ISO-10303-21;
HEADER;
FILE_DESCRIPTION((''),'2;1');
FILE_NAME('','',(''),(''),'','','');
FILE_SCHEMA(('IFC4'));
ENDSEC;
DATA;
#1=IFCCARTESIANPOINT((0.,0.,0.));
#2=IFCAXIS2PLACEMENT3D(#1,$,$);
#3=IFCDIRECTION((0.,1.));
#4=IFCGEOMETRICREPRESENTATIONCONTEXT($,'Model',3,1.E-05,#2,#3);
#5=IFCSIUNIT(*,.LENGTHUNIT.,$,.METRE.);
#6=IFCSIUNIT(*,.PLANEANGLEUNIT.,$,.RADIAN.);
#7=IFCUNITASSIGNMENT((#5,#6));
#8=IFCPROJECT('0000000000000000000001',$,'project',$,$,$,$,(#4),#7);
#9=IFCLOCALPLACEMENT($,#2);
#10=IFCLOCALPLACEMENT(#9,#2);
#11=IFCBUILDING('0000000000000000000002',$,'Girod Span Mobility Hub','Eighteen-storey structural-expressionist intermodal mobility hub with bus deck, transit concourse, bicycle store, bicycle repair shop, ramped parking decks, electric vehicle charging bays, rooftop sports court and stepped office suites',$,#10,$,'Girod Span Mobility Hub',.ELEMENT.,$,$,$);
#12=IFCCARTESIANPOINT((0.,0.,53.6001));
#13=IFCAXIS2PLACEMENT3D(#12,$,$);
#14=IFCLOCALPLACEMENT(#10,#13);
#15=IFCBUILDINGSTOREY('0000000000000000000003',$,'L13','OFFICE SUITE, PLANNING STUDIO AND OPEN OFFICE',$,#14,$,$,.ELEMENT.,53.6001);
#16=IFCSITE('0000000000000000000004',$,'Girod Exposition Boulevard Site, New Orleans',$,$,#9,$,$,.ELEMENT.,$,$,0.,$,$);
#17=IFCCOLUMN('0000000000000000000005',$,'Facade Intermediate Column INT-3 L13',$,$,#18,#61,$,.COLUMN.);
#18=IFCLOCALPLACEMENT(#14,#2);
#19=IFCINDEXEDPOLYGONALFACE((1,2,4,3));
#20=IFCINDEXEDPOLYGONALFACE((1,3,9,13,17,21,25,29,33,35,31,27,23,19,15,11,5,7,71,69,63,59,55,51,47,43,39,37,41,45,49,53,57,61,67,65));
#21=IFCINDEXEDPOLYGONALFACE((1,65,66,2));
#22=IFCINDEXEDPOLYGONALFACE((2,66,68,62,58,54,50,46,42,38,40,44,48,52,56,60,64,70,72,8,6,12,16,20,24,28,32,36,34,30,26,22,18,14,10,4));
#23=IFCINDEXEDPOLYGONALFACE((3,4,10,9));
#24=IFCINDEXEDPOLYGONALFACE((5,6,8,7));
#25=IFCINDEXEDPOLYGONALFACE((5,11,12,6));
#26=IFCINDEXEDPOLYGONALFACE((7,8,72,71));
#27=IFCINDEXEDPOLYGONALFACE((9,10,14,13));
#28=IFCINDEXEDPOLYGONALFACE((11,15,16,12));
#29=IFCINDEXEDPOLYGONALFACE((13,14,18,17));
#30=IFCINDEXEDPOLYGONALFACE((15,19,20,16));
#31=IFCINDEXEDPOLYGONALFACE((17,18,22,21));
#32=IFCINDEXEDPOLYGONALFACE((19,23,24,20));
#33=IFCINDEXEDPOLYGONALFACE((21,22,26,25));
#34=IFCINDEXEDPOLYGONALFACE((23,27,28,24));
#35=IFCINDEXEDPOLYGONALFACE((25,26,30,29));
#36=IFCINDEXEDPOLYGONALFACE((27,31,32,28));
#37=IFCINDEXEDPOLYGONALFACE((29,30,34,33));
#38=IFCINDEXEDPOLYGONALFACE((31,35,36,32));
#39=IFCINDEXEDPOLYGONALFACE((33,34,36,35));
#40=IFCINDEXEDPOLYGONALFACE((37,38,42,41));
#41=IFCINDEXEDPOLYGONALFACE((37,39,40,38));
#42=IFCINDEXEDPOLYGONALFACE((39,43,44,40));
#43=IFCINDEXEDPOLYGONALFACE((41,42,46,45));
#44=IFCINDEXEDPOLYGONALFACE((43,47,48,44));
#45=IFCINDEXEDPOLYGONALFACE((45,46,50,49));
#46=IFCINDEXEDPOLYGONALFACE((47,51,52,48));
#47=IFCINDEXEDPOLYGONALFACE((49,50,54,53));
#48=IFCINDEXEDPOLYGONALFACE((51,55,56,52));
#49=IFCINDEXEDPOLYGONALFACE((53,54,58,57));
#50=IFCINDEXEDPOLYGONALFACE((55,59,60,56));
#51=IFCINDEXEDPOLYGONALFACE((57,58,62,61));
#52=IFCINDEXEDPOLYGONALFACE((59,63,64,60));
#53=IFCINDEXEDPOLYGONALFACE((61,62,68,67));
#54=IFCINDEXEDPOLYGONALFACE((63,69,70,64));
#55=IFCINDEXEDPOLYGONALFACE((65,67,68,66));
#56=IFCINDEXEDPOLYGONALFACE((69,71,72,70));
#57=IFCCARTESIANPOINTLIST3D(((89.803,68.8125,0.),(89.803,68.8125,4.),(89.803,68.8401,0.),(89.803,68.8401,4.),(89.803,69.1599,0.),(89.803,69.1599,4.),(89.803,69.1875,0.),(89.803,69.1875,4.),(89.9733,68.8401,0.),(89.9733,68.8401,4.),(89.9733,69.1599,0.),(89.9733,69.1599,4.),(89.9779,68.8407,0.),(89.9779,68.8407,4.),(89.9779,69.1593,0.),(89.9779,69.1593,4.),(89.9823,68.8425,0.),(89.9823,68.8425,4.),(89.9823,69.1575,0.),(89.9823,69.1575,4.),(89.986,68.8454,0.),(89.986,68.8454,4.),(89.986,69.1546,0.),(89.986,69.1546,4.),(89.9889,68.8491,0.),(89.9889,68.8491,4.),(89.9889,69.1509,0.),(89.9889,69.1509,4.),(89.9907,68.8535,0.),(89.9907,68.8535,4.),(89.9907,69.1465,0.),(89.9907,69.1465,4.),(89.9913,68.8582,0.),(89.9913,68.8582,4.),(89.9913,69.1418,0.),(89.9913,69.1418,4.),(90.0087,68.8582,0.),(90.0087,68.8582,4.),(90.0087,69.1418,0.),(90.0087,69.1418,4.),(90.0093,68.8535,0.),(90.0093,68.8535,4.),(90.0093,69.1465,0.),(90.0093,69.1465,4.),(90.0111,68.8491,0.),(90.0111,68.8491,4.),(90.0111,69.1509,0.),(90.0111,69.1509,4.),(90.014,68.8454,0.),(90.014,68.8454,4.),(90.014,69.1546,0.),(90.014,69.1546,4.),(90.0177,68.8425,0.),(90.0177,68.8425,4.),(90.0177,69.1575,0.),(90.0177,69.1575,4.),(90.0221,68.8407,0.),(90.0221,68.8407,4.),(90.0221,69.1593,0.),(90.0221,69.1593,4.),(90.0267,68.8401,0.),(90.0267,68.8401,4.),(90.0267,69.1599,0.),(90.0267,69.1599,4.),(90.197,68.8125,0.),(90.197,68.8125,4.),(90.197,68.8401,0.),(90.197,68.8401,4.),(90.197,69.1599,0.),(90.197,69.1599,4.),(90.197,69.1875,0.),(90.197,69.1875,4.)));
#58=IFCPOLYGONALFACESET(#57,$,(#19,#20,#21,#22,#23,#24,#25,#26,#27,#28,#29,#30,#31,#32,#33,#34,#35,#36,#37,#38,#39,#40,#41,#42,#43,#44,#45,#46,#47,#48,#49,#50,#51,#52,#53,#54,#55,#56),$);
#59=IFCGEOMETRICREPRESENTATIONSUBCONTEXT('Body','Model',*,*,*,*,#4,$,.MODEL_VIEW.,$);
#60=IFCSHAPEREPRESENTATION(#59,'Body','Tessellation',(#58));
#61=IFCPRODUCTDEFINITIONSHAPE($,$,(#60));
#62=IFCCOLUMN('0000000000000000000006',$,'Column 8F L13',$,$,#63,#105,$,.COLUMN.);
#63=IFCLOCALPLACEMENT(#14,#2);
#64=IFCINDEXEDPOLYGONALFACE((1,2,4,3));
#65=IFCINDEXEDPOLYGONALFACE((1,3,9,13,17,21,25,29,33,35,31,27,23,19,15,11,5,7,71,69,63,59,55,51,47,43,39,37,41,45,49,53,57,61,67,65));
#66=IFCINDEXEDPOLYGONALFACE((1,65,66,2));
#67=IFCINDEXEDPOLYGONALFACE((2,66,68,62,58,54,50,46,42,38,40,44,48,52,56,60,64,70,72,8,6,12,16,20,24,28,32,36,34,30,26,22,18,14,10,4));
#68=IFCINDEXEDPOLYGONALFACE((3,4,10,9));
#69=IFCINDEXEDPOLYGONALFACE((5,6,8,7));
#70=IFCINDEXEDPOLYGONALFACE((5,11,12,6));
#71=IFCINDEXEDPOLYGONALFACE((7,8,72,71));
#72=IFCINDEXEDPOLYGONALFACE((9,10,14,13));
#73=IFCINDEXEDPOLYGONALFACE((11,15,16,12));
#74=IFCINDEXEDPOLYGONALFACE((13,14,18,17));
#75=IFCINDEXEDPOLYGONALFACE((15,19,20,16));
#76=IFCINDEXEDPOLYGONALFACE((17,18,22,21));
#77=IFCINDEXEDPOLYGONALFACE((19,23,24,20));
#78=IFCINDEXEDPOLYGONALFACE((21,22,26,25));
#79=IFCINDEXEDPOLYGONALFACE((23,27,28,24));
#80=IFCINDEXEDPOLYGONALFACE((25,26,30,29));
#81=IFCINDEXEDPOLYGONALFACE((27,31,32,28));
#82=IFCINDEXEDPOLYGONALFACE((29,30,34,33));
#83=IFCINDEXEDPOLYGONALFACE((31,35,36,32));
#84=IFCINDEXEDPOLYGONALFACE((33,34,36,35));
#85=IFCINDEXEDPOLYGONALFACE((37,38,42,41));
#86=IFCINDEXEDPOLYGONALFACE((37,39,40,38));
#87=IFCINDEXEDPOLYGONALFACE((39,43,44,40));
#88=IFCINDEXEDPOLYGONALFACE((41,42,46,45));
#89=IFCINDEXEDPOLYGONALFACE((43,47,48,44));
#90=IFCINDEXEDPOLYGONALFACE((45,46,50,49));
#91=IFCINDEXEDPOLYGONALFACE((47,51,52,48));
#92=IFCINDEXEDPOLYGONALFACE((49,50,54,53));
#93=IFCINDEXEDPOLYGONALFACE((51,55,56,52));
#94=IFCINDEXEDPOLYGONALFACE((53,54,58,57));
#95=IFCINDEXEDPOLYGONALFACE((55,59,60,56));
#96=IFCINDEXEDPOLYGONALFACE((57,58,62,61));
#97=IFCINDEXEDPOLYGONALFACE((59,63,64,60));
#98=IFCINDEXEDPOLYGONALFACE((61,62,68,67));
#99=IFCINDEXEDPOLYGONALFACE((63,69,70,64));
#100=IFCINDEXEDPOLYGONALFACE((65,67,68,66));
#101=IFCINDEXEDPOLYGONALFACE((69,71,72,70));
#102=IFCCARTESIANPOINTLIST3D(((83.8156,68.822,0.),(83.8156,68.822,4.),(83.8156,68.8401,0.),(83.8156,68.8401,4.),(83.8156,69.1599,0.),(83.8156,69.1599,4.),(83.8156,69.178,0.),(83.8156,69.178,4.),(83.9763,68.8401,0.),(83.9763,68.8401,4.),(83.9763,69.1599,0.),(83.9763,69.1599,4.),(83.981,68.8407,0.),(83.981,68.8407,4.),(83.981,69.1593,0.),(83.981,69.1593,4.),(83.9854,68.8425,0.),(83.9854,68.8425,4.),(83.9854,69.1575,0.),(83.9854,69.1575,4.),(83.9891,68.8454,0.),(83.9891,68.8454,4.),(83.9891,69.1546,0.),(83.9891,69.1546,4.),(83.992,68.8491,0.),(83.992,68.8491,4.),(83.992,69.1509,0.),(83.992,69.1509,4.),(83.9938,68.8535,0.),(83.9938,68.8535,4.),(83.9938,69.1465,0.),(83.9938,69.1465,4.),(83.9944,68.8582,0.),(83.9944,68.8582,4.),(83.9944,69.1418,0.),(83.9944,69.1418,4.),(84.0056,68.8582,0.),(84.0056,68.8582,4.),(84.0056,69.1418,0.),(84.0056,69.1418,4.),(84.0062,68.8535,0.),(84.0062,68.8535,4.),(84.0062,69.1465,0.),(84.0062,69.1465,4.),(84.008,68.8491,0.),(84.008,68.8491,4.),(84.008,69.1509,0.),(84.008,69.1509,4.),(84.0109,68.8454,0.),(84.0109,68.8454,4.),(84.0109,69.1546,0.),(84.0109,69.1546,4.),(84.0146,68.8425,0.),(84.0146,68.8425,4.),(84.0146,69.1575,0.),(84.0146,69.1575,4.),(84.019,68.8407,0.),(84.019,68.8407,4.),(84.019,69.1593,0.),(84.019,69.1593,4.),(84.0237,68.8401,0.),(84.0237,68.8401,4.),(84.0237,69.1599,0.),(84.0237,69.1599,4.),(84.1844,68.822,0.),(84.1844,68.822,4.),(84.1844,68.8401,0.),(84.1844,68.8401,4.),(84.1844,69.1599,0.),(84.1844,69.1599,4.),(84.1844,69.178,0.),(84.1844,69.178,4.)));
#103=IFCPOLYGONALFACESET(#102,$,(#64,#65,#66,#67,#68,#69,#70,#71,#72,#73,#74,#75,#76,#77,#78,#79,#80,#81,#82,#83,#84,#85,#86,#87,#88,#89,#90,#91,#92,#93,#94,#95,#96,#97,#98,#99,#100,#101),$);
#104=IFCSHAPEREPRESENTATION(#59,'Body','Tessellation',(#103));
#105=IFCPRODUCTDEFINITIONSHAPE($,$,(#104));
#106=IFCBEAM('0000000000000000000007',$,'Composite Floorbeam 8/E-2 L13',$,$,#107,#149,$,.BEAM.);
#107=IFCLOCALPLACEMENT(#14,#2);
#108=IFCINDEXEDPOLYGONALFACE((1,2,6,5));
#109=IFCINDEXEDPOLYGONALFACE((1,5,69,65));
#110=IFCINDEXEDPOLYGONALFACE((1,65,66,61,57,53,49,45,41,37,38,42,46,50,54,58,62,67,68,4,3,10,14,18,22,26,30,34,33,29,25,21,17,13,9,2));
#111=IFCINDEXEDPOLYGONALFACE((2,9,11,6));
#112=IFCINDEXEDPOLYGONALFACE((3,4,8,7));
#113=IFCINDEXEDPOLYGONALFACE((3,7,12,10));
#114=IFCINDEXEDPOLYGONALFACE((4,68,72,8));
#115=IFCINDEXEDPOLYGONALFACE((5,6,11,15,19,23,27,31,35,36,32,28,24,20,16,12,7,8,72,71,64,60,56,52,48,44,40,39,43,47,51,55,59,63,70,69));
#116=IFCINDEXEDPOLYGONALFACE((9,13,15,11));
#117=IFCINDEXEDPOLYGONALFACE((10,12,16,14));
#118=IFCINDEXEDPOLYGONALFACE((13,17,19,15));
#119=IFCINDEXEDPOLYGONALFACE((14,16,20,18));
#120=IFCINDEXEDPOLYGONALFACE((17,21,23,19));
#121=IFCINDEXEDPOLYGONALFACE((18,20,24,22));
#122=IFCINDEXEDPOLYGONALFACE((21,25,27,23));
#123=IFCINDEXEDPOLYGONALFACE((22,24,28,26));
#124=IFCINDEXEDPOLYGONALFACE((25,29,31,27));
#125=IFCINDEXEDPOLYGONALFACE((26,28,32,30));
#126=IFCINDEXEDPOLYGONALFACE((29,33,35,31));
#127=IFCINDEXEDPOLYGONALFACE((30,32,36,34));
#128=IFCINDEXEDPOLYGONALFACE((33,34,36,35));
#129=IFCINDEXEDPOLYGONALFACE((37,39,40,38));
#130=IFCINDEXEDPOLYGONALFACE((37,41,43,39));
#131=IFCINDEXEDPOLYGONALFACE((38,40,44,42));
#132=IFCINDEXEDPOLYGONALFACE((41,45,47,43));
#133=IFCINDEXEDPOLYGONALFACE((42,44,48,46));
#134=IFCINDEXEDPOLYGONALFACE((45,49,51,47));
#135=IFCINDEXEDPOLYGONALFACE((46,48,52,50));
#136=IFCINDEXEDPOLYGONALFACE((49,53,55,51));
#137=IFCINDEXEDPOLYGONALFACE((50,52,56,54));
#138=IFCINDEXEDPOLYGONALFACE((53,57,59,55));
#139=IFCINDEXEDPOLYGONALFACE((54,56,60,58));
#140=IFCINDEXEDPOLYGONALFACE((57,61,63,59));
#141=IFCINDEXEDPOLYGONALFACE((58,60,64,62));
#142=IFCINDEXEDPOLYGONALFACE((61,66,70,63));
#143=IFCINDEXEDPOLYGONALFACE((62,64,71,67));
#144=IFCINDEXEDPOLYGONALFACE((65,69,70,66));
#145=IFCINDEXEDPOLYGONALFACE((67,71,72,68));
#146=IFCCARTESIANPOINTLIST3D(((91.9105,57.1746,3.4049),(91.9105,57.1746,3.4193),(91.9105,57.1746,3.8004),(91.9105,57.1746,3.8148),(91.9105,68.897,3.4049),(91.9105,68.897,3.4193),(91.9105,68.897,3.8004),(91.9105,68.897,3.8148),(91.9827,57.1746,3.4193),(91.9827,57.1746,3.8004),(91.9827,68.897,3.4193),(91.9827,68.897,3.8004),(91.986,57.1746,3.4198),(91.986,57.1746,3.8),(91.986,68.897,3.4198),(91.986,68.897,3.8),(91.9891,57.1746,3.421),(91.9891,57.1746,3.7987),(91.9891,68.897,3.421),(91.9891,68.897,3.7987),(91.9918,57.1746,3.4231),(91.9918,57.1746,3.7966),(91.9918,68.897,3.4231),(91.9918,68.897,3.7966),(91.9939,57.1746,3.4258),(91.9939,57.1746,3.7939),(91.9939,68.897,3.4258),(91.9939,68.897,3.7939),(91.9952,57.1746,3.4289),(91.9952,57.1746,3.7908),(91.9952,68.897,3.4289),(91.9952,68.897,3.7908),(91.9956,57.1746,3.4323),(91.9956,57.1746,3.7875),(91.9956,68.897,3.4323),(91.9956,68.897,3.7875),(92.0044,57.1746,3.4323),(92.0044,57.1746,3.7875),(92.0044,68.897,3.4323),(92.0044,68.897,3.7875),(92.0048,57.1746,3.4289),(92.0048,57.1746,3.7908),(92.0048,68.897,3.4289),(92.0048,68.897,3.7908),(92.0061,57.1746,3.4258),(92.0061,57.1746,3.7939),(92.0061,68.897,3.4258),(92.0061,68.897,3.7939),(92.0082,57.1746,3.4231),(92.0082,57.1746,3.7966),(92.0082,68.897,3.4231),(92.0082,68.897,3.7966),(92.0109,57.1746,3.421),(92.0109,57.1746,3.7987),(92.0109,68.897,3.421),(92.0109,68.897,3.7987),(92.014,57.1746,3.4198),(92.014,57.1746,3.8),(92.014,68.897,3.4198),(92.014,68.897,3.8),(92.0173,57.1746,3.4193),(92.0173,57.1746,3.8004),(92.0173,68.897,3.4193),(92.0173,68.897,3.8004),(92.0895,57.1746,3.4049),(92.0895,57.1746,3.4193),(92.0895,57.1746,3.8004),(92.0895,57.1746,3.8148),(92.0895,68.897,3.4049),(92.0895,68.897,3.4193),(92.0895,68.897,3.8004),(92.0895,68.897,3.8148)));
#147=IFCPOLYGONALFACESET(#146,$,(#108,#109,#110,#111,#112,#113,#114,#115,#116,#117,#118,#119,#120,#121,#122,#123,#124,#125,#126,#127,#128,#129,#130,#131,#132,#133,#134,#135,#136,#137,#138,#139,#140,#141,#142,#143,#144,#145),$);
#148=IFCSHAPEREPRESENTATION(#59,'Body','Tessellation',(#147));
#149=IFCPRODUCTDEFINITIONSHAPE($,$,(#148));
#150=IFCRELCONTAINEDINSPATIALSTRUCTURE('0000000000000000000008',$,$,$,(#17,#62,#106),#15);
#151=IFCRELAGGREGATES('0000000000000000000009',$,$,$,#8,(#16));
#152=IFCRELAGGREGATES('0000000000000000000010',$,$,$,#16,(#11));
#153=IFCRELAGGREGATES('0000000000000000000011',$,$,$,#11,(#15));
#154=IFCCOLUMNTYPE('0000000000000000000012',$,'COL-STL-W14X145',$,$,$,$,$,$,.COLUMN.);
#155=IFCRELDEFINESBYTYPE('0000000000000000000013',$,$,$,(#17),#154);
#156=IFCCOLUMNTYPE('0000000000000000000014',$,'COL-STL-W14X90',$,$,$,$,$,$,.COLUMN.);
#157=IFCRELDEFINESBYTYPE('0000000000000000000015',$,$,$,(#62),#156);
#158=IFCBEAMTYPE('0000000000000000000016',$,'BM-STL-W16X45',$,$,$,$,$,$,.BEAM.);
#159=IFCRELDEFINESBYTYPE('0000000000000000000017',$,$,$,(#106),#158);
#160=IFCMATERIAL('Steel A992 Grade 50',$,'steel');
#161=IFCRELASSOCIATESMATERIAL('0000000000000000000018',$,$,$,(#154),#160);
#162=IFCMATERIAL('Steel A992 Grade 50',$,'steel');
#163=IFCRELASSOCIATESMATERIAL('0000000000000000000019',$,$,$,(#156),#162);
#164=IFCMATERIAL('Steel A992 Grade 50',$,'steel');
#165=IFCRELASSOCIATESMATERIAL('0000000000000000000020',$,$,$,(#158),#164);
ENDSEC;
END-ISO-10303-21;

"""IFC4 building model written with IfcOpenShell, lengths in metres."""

from ifc_helpers import new_model, si_unit, direction, frame, origin, origin_2d, place, context, subcontext, project, spatial, i_section, extrude, material, material_profile, profile_set, type_object, element, save


model = new_model("IFC4")

# Units and contexts
model_context = context("Model", 3, precision=1e-05, world=origin(), true_north=direction((0.0, 1.0)))
body_context = subcontext(model_context, "Body", "Model", "MODEL_VIEW")
ifc_project = project(units=[si_unit("LENGTHUNIT", "METRE"), si_unit("PLANEANGLEUNIT", "RADIAN")], contexts=[model_context])

# Site, building, storey
site_placement = place(None, origin())
site = spatial("IfcSite", under=ifc_project, at=site_placement, Name="Girod Exposition Boulevard Site, New Orleans", CompositionType="ELEMENT", RefElevation=0.0)
building_placement = place(site_placement, origin())
building = spatial("IfcBuilding", under=site, at=building_placement, Name="Girod Span Mobility Hub", Description="Eighteen-storey structural-expressionist intermodal mobility hub with bus deck, transit concourse, bicycle store, bicycle repair shop, ramped parking decks, electric vehicle charging bays, rooftop sports court and stepped office suites", LongName="Girod Span Mobility Hub", CompositionType="ELEMENT")
storey_placement = place(building_placement, frame((0.0, 0.0, 53.6001)))
storey = spatial("IfcBuildingStorey", under=building, at=storey_placement, Name="L13", Description="OFFICE SUITE, PLANNING STUDIO AND OPEN OFFICE", CompositionType="ELEMENT", Elevation=53.6001)

# Columns
ifc_material_1 = material(Name="Steel A992 Grade 50", Category="steel")
ifc_material_profile_1 = material_profile(ifc_material_1, i_section(OverallWidth=0.394, OverallDepth=0.375, WebThickness=0.0173, FlangeThickness=0.0276, FilletRadius=0.0181, at=origin_2d()), Name="W14X145")
ifc_profile_set_1 = profile_set([ifc_material_profile_1], Name="Steel A992 Grade 50")
column_type_1 = type_object("IfcColumnType", Name="COL-STL-W14X145", PredefinedType="COLUMN", material=ifc_profile_set_1)
column_1_placement = place(storey_placement, frame((90.0, 69.0, 0.0), z_axis=(0.0, 0.0, 1.0), x_axis=(1.0, 0.0, 0.0)))
element("IfcColumn", 1, at=column_1_placement, inside=storey, type_object=column_type_1, Name="Facade Intermediate Column INT-3 L13", PredefinedType="COLUMN", context=body_context, shape_type="SweptSolid", body=[
    extrude(i_section(OverallWidth=0.394, OverallDepth=0.375, WebThickness=0.0173, FlangeThickness=0.0276, FilletRadius=0.0181, at=origin_2d()), origin(), (0.0, 0.0, 1.0), 4.0),
])
ifc_material_2 = material(Name="Steel A992 Grade 50", Category="steel")
ifc_material_profile_2 = material_profile(ifc_material_2, i_section(OverallWidth=0.3689, OverallDepth=0.356, WebThickness=0.0112, FlangeThickness=0.0181, FilletRadius=0.0181, at=origin_2d()), Name="W14X90")
ifc_profile_set_2 = profile_set([ifc_material_profile_2], Name="Steel A992 Grade 50")
column_type_2 = type_object("IfcColumnType", Name="COL-STL-W14X90", PredefinedType="COLUMN", material=ifc_profile_set_2)
column_2_placement = place(storey_placement, frame((84.0, 69.0, 0.0), z_axis=(0.0, 0.0, 1.0), x_axis=(1.0, 0.0, 0.0)))
element("IfcColumn", 2, at=column_2_placement, inside=storey, type_object=column_type_2, Name="Column 8F L13", PredefinedType="COLUMN", context=body_context, shape_type="SweptSolid", body=[
    extrude(i_section(OverallWidth=0.3689, OverallDepth=0.356, WebThickness=0.0112, FlangeThickness=0.0181, FilletRadius=0.0181, at=origin_2d()), origin(), (0.0, 0.0, 1.0), 4.0),
])

# Beam
ifc_material_3 = material(Name="Steel A992 Grade 50", Category="steel")
ifc_material_profile_3 = material_profile(ifc_material_3, i_section(OverallWidth=0.179, OverallDepth=0.4099, WebThickness=0.0088, FlangeThickness=0.0144, FilletRadius=0.0129, at=origin_2d()), Name="W16X45")
ifc_profile_set_3 = profile_set([ifc_material_profile_3], Name="Steel A992 Grade 50")
beam_type_1 = type_object("IfcBeamType", Name="BM-STL-W16X45", PredefinedType="BEAM", material=ifc_profile_set_3)
beam_1_placement = place(storey_placement, frame((92.0, 57.1746, 3.6099), z_axis=(0.0, 1.0, 0.0), x_axis=(-1.0, 0.0, 0.0)))
element("IfcBeam", 3, at=beam_1_placement, inside=storey, type_object=beam_type_1, Name="Composite Floorbeam 8/E-2 L13", PredefinedType="BEAM", context=body_context, shape_type="SweptSolid", body=[
    extrude(i_section(OverallWidth=0.179, OverallDepth=0.4099, WebThickness=0.0088, FlangeThickness=0.0144, FilletRadius=0.0129, at=origin_2d()), origin(), (0.0, 0.0, 1.0), 11.7224),
])

save(model, "model.ifc")
